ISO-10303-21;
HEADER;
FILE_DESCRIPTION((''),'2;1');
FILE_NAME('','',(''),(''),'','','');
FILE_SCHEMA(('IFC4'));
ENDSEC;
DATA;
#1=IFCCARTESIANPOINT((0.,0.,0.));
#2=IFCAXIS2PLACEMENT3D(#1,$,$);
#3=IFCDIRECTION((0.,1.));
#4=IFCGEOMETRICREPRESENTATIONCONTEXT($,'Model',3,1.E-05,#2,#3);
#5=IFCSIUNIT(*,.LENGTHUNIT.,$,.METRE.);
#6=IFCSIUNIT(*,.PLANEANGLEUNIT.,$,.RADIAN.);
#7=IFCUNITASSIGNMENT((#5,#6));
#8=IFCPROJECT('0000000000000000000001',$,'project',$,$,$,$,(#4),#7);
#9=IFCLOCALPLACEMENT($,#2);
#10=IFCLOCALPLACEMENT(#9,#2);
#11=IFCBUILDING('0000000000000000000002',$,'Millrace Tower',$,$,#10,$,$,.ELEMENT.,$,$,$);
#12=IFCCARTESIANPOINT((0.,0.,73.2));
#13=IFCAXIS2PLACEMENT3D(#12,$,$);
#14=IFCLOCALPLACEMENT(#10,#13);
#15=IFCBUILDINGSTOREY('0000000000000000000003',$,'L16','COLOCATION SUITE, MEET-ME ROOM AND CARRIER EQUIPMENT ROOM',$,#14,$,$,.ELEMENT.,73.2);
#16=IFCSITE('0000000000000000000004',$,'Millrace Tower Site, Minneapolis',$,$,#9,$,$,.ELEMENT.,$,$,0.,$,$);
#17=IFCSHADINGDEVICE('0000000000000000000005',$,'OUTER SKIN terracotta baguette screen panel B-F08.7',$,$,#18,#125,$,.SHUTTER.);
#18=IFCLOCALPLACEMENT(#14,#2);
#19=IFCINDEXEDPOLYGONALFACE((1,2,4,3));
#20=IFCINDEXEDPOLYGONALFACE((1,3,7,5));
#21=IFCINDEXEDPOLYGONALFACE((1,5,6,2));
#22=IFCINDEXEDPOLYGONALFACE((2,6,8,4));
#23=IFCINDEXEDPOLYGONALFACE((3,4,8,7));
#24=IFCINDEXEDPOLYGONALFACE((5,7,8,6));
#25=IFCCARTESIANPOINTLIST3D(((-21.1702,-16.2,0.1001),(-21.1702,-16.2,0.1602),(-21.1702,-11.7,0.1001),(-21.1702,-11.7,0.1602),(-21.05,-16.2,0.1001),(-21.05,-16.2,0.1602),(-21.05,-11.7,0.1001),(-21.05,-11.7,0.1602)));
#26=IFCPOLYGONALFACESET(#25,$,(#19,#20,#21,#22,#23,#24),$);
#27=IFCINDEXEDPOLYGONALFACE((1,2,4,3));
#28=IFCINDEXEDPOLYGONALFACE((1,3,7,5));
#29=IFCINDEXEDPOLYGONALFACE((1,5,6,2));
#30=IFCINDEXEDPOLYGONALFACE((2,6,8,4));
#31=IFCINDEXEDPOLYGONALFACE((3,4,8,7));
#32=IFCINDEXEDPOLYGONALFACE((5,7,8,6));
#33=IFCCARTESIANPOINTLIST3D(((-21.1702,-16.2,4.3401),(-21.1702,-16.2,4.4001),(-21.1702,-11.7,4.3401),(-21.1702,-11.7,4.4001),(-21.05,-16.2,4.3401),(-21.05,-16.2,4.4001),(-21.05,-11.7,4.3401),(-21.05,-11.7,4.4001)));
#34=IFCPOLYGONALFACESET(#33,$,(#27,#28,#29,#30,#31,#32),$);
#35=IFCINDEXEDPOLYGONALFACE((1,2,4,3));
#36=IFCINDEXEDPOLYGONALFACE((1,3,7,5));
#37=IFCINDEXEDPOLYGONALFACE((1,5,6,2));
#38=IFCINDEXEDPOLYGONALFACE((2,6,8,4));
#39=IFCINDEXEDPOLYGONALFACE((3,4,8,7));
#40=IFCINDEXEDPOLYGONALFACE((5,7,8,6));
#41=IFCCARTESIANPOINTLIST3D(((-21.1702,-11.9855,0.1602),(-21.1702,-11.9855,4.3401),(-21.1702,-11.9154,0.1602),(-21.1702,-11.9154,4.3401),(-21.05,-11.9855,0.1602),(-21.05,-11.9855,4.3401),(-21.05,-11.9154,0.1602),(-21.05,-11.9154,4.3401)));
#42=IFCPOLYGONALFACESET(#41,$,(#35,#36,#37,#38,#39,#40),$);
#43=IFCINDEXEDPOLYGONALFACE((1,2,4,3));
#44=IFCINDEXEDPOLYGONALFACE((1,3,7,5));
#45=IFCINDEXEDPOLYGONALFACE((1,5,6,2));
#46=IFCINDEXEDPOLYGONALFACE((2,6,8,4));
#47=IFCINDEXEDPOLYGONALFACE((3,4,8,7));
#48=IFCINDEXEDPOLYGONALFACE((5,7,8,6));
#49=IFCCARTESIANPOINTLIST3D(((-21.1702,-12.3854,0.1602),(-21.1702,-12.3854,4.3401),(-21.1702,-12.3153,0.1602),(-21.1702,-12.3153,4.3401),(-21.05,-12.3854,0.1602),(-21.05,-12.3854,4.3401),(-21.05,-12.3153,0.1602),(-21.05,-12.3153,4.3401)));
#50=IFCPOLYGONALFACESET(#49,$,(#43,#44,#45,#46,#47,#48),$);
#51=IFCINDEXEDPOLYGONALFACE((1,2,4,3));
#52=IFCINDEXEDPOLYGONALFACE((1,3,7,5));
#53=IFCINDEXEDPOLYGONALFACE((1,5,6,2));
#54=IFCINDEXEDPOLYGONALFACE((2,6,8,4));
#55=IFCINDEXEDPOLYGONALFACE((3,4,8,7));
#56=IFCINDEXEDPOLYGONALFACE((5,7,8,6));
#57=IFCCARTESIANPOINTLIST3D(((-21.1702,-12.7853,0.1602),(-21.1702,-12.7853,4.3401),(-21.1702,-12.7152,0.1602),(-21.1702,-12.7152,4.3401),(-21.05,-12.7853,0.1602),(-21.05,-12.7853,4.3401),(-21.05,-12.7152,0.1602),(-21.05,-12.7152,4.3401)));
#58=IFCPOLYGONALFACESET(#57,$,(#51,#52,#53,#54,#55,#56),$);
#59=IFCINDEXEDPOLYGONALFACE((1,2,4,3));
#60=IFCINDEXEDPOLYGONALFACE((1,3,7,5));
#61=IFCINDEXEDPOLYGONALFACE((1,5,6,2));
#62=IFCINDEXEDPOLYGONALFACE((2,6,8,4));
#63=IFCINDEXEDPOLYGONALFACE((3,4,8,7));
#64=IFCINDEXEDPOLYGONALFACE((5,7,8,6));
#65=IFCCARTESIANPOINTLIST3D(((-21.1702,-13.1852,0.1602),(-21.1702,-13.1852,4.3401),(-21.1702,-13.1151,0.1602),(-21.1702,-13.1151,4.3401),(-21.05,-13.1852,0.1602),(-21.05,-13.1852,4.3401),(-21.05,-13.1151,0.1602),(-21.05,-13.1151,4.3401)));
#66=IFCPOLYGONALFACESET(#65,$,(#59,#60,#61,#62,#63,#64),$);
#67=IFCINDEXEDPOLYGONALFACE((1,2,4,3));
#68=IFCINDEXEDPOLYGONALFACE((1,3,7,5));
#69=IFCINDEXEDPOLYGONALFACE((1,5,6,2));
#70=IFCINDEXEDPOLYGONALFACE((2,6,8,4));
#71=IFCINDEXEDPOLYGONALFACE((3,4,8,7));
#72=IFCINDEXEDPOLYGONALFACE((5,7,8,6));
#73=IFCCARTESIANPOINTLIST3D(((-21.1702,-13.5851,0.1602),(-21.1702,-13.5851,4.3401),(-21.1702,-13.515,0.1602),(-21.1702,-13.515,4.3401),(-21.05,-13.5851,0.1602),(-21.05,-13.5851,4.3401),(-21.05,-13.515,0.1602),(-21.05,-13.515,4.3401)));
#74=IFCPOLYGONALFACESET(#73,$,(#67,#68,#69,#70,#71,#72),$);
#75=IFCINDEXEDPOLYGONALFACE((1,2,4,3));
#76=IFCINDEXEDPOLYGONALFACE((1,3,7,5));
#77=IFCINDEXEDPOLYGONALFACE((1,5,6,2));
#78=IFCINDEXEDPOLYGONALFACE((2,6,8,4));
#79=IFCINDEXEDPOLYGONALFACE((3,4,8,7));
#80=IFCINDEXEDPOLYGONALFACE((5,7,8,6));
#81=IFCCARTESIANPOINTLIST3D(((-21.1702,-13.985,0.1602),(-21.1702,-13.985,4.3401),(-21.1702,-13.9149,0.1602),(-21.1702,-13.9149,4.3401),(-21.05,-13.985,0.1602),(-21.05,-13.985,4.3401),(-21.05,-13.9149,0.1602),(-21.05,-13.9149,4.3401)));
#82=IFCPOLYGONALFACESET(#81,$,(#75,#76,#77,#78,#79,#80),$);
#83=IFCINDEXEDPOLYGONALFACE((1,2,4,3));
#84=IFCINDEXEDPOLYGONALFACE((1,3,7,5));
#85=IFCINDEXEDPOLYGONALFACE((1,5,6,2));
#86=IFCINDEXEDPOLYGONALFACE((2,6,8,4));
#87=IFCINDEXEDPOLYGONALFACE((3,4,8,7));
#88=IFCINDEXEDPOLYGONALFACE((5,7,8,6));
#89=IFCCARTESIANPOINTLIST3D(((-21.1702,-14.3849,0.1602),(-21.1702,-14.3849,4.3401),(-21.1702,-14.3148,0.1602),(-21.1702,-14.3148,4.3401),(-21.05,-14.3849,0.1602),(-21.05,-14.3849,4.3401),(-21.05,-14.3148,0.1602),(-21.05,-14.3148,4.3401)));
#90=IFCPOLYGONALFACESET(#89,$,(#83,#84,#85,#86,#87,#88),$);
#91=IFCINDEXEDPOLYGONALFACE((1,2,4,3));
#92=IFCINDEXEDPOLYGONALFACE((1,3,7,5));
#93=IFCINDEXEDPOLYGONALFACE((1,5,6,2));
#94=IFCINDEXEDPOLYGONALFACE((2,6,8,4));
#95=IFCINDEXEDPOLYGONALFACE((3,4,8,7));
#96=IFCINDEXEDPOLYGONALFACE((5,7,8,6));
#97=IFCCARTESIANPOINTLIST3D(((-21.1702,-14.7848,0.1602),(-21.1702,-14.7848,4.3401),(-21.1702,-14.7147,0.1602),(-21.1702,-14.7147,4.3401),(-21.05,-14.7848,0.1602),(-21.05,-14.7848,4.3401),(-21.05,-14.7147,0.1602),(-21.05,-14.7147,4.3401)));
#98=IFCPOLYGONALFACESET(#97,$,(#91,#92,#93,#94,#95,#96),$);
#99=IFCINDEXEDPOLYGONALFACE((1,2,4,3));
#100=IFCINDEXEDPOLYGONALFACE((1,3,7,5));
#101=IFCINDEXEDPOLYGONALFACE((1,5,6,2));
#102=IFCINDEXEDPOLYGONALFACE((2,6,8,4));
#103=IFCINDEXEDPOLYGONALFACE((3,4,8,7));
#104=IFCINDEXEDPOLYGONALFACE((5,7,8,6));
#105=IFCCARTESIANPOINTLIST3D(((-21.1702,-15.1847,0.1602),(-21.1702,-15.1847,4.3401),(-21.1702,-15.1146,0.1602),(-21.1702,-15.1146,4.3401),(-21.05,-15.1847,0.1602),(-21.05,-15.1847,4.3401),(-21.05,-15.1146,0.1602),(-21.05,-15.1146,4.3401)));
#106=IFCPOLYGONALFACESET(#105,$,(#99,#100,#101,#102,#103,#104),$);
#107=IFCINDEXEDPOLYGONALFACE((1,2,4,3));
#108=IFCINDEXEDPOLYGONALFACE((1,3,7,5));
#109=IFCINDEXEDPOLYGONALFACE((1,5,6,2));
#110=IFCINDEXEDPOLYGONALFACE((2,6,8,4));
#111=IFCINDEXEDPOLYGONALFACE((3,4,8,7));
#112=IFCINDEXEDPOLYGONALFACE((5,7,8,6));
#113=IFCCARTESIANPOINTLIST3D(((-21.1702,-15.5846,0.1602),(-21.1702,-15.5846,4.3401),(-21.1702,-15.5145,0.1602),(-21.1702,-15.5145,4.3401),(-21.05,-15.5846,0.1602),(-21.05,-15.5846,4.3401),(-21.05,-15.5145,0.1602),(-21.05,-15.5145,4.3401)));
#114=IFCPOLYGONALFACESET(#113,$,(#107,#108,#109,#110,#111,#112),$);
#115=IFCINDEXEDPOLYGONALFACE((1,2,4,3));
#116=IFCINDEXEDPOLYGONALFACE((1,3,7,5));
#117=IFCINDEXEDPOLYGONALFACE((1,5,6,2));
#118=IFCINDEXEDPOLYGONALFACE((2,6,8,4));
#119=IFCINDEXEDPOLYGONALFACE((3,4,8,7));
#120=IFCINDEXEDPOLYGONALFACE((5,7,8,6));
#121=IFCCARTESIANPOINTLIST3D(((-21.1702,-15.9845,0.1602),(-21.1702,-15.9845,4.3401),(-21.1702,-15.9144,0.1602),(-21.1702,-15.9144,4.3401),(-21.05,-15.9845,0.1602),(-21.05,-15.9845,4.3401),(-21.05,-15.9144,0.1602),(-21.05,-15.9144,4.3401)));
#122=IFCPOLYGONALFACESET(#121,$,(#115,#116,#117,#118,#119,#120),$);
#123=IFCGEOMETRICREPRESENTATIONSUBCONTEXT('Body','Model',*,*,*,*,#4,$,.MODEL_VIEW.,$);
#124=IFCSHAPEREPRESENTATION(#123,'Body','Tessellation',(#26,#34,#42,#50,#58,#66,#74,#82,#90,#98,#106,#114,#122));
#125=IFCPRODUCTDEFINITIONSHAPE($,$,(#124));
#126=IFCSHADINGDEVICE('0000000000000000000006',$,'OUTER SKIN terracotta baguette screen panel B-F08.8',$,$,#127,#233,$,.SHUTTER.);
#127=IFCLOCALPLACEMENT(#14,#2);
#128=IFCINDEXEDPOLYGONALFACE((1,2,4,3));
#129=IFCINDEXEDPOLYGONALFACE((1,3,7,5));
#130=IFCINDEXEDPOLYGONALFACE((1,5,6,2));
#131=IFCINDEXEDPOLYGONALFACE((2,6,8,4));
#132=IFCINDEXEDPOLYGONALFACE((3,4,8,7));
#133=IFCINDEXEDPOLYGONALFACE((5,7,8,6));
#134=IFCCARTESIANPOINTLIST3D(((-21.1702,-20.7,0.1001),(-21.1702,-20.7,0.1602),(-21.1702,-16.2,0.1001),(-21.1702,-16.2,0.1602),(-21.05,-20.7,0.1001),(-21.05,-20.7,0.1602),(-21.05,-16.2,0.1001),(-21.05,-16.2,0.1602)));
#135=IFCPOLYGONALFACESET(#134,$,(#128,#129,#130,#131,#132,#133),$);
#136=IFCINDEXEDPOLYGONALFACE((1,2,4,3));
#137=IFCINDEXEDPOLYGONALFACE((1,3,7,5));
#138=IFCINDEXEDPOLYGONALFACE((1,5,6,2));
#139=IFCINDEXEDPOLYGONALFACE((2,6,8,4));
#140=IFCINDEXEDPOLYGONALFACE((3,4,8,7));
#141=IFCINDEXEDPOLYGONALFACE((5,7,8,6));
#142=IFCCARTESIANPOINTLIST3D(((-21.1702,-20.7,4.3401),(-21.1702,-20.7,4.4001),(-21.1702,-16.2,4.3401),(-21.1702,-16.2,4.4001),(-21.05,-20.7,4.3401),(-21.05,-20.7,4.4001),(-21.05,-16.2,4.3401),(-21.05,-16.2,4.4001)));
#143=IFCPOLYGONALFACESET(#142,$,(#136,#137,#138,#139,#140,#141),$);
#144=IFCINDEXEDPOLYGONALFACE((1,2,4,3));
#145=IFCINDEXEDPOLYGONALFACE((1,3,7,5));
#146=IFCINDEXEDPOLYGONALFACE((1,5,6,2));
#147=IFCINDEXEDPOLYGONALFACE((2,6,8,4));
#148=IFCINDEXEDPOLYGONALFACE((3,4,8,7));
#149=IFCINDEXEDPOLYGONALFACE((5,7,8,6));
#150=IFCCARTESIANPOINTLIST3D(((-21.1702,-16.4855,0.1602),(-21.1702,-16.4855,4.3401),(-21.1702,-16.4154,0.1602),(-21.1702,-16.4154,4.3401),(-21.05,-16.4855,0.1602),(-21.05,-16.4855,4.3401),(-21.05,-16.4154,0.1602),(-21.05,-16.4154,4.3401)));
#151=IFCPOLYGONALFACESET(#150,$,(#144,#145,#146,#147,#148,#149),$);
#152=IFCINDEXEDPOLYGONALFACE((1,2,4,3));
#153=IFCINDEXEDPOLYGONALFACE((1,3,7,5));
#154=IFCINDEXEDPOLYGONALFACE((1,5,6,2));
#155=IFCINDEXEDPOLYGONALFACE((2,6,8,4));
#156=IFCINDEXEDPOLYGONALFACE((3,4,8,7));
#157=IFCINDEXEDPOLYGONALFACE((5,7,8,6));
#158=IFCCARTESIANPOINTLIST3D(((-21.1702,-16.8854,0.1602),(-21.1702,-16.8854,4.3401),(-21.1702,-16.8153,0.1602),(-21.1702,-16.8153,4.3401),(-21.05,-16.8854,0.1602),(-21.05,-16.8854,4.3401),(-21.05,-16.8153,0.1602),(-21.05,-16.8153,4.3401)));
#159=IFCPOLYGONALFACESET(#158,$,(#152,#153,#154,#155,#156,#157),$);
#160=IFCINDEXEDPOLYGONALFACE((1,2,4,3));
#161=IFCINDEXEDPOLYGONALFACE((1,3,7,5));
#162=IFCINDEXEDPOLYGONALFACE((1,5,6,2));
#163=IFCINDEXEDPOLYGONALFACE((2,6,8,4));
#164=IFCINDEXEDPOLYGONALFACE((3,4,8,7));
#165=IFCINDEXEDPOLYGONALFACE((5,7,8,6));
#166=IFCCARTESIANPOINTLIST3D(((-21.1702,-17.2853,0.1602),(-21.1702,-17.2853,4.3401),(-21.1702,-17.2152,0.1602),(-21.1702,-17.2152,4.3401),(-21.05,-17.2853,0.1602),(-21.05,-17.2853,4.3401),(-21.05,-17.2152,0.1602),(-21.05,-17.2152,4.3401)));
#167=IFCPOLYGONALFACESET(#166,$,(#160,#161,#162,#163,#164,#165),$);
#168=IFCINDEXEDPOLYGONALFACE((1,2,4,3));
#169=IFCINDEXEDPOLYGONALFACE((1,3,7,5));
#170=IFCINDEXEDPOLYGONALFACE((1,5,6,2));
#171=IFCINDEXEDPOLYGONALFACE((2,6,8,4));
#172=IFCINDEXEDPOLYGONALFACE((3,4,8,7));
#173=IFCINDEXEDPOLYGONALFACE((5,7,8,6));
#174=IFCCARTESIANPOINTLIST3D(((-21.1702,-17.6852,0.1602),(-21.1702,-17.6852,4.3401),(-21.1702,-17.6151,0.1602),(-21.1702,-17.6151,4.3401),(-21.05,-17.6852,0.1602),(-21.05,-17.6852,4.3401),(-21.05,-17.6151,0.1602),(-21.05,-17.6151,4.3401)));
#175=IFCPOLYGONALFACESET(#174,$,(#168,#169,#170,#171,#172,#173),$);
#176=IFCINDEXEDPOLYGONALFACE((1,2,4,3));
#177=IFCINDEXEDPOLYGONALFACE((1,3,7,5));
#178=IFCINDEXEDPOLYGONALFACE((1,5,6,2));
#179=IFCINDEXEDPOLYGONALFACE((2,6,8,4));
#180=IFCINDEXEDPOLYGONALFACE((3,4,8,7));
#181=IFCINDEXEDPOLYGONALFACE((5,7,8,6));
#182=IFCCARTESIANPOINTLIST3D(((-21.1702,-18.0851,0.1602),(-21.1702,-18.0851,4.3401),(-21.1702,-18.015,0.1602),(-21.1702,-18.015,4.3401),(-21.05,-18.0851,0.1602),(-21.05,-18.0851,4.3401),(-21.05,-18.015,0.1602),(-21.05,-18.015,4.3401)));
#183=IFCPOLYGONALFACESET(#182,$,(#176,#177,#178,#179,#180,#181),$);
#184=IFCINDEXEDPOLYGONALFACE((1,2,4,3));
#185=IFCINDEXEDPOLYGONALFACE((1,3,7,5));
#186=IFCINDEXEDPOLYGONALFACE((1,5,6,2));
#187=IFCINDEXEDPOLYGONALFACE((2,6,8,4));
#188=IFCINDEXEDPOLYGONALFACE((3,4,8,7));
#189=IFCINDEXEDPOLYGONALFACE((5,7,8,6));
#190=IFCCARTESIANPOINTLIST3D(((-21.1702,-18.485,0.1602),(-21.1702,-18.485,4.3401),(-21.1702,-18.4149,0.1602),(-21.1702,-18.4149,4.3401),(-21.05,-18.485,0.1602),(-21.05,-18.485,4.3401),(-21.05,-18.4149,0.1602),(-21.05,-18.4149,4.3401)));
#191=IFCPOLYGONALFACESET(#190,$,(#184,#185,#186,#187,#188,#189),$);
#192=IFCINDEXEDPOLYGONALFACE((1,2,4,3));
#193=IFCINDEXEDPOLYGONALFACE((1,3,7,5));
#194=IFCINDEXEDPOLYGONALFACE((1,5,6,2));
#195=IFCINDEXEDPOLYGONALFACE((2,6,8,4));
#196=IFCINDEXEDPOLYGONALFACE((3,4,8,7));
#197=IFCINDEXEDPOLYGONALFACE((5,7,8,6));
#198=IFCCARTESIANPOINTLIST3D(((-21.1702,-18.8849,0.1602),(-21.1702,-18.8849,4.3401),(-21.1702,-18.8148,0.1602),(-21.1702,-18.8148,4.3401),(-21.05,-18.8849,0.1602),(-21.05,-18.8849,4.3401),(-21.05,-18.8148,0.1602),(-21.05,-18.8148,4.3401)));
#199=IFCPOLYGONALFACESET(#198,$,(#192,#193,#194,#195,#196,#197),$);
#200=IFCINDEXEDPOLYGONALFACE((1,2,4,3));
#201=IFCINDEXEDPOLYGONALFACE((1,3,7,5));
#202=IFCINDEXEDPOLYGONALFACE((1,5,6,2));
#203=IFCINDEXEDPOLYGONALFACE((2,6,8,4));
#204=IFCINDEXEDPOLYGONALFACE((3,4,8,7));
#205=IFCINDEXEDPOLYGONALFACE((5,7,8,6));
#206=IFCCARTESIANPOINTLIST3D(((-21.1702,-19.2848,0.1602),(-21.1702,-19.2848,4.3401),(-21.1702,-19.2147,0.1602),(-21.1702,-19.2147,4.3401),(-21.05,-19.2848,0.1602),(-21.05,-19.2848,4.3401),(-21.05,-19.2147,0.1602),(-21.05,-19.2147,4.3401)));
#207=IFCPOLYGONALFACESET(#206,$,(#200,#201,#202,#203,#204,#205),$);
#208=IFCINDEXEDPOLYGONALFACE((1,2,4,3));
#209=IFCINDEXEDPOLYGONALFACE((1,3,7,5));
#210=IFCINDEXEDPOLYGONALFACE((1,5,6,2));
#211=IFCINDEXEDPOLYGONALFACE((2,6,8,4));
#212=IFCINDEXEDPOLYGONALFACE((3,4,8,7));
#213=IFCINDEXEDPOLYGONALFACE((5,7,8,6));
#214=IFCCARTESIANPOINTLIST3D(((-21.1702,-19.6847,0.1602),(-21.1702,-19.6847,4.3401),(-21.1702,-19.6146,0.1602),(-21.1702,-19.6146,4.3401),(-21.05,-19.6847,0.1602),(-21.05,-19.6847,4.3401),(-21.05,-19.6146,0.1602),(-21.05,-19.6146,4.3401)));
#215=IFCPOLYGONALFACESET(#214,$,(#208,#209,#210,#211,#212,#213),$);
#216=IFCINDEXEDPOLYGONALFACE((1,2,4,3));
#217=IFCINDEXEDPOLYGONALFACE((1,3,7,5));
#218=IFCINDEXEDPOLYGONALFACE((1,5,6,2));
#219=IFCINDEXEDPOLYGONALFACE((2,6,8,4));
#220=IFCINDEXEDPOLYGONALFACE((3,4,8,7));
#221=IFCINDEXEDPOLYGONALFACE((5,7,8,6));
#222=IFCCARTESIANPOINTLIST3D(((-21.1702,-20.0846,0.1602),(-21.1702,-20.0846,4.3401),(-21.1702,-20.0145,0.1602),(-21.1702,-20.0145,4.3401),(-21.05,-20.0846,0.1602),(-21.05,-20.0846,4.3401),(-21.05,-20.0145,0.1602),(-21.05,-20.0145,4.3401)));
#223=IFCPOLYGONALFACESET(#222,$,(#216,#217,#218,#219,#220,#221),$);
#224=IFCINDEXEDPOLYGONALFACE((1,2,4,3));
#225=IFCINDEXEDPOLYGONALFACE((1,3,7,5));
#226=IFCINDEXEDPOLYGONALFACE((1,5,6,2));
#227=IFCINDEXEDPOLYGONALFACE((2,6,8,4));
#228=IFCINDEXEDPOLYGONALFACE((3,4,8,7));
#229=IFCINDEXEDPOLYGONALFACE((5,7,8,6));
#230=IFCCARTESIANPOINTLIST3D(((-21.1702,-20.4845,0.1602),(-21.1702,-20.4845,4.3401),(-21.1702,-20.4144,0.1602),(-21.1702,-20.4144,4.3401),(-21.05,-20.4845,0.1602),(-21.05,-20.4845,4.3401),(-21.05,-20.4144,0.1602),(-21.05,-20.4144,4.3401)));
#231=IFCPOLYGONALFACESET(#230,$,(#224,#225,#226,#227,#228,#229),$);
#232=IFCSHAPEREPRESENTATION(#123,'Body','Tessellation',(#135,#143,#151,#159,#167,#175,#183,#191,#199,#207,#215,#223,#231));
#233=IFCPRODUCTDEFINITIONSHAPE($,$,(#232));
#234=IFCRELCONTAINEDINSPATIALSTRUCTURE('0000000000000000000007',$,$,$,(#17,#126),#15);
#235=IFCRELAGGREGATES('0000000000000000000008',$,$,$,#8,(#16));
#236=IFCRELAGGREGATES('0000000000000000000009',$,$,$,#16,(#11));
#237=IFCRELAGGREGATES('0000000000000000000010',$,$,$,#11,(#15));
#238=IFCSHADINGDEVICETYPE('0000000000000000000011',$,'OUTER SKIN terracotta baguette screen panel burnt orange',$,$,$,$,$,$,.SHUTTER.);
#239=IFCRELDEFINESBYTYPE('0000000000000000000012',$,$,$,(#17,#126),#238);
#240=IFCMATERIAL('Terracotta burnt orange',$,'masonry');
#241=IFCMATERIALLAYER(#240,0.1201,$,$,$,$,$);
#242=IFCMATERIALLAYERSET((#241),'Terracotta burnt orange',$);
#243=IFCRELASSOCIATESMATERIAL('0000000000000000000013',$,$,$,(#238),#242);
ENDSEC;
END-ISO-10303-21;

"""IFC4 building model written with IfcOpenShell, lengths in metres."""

from ifc_helpers import new_model, entity, si_unit, direction, frame, frame_2d, origin, origin_2d, place, context, subcontext, project, spatial, rectangle, extrude, source, transform, mapped, material, layer, layer_set, type_object, element, save


model = new_model("IFC4")

# Units and contexts
model_context = context("Model", 3, precision=1e-05, world=origin(), true_north=direction((0.0, 1.0)))
body_context = subcontext(model_context, "Body", "Model", "MODEL_VIEW")
ifc_project = project(units=[si_unit("LENGTHUNIT", "METRE"), si_unit("PLANEANGLEUNIT", "RADIAN")], contexts=[model_context])

# Site, building, storey
site_placement = place(None, origin())
site = spatial("IfcSite", under=ifc_project, at=site_placement, Name="Millrace Tower Site, Minneapolis", CompositionType="ELEMENT", RefElevation=0.0)
building_placement = place(site_placement, origin())
building = spatial("IfcBuilding", under=site, at=building_placement, Name="Millrace Tower", CompositionType="ELEMENT")
storey_placement = place(building_placement, frame((0.0, 0.0, 73.2)))
storey = spatial("IfcBuildingStorey", under=building, at=storey_placement, Name="L16", Description="COLOCATION SUITE, MEET-ME ROOM AND CARRIER EQUIPMENT ROOM", CompositionType="ELEMENT", Elevation=73.2)

# Shading devices
ifc_material_1 = material(Name="Terracotta burnt orange", Category="masonry")
ifc_layer_1 = layer(ifc_material_1, 0.1201)
ifc_layer_set_1 = layer_set([ifc_layer_1], Name="Terracotta burnt orange")
shading_device_type = type_object("IfcShadingDeviceType", Name="OUTER SKIN terracotta baguette screen panel burnt orange", PredefinedType="SHUTTER", material=ifc_layer_set_1)
cartesian_point_1 = entity("IfcCartesianPoint", [-2.25, 0.0601])
shared_polyline_1 = entity("IfcPolyline", [cartesian_point_1, entity("IfcCartesianPoint", [2.25, 0.0601]), entity("IfcCartesianPoint", [2.25, -0.0601]), entity("IfcCartesianPoint", [-2.25, -0.0601]), cartesian_point_1])
shared_shape_1 = source(origin(), body_context, "Body", "SweptSolid", [
    entity("IfcExtrudedAreaSolid", entity("IfcArbitraryClosedProfileDef", "AREA", None, shared_polyline_1), entity("IfcAxis2Placement3D", entity("IfcCartesianPoint", [0.0, 0.0, 0.0])), entity("IfcDirection", [0.0, 0.0, 1.0]), 0.0601),
    entity("IfcExtrudedAreaSolid", entity("IfcArbitraryClosedProfileDef", "AREA", None, shared_polyline_1), entity("IfcAxis2Placement3D", entity("IfcCartesianPoint", [0.0, 0.0, 4.24])), entity("IfcDirection", [0.0, 0.0, 1.0]), 0.0601),
    extrude(rectangle(XDim=0.0701, YDim=0.1201, at=frame_2d((-1.9995, 0.0))), frame((0.0, 0.0, 0.0601)), (0.0, 0.0, 1.0), 4.1799),
    extrude(rectangle(XDim=0.0701, YDim=0.1201, at=frame_2d((-1.5996, 0.0))), frame((0.0, 0.0, 0.0601)), (0.0, 0.0, 1.0), 4.1799),
    extrude(rectangle(XDim=0.0701, YDim=0.1201, at=frame_2d((-1.1997, 0.0))), frame((0.0, 0.0, 0.0601)), (0.0, 0.0, 1.0), 4.1799),
    extrude(rectangle(XDim=0.0701, YDim=0.1201, at=frame_2d((-0.7998, 0.0))), frame((0.0, 0.0, 0.0601)), (0.0, 0.0, 1.0), 4.1799),
    extrude(rectangle(XDim=0.0701, YDim=0.1201, at=frame_2d((-0.3999, 0.0))), frame((0.0, 0.0, 0.0601)), (0.0, 0.0, 1.0), 4.1799),
    extrude(rectangle(XDim=0.0701, YDim=0.1201, at=origin_2d()), frame((0.0, 0.0, 0.0601)), (0.0, 0.0, 1.0), 4.1799),
    extrude(rectangle(XDim=0.0701, YDim=0.1201, at=frame_2d((0.3999, 0.0))), frame((0.0, 0.0, 0.0601)), (0.0, 0.0, 1.0), 4.1799),
    extrude(rectangle(XDim=0.0701, YDim=0.1201, at=frame_2d((0.7998, 0.0))), frame((0.0, 0.0, 0.0601)), (0.0, 0.0, 1.0), 4.1799),
    extrude(rectangle(XDim=0.0701, YDim=0.1201, at=frame_2d((1.1997, 0.0))), frame((0.0, 0.0, 0.0601)), (0.0, 0.0, 1.0), 4.1799),
    extrude(rectangle(XDim=0.0701, YDim=0.1201, at=frame_2d((1.5996, 0.0))), frame((0.0, 0.0, 0.0601)), (0.0, 0.0, 1.0), 4.1799),
    extrude(rectangle(XDim=0.0701, YDim=0.1201, at=frame_2d((1.9995, 0.0))), frame((0.0, 0.0, 0.0601)), (0.0, 0.0, 1.0), 4.1799),
])
for number, where, z_axis, x_axis, name in (
    (1, (-21.1101, -13.95, 0.1001), (0.0, 0.0, 1.0), (0.0, -1.0, 0.0), "OUTER SKIN terracotta baguette screen panel B-F08.7"),
    (2, (-21.1101, -18.45, 0.1001), (0.0, 0.0, 1.0), (0.0, -1.0, 0.0), "OUTER SKIN terracotta baguette screen panel B-F08.8"),
):
    element("IfcShadingDevice", number, at=place(storey_placement, frame(where, z_axis=z_axis, x_axis=x_axis)), inside=storey, type_object=shading_device_type, Name=name, PredefinedType="SHUTTER", context=body_context, shape_type="MappedRepresentation", body=[
        mapped(shared_shape_1, transform((0.0, 0.0, 0.0), scale=1.0)),
    ])

save(model, "model.ifc")
